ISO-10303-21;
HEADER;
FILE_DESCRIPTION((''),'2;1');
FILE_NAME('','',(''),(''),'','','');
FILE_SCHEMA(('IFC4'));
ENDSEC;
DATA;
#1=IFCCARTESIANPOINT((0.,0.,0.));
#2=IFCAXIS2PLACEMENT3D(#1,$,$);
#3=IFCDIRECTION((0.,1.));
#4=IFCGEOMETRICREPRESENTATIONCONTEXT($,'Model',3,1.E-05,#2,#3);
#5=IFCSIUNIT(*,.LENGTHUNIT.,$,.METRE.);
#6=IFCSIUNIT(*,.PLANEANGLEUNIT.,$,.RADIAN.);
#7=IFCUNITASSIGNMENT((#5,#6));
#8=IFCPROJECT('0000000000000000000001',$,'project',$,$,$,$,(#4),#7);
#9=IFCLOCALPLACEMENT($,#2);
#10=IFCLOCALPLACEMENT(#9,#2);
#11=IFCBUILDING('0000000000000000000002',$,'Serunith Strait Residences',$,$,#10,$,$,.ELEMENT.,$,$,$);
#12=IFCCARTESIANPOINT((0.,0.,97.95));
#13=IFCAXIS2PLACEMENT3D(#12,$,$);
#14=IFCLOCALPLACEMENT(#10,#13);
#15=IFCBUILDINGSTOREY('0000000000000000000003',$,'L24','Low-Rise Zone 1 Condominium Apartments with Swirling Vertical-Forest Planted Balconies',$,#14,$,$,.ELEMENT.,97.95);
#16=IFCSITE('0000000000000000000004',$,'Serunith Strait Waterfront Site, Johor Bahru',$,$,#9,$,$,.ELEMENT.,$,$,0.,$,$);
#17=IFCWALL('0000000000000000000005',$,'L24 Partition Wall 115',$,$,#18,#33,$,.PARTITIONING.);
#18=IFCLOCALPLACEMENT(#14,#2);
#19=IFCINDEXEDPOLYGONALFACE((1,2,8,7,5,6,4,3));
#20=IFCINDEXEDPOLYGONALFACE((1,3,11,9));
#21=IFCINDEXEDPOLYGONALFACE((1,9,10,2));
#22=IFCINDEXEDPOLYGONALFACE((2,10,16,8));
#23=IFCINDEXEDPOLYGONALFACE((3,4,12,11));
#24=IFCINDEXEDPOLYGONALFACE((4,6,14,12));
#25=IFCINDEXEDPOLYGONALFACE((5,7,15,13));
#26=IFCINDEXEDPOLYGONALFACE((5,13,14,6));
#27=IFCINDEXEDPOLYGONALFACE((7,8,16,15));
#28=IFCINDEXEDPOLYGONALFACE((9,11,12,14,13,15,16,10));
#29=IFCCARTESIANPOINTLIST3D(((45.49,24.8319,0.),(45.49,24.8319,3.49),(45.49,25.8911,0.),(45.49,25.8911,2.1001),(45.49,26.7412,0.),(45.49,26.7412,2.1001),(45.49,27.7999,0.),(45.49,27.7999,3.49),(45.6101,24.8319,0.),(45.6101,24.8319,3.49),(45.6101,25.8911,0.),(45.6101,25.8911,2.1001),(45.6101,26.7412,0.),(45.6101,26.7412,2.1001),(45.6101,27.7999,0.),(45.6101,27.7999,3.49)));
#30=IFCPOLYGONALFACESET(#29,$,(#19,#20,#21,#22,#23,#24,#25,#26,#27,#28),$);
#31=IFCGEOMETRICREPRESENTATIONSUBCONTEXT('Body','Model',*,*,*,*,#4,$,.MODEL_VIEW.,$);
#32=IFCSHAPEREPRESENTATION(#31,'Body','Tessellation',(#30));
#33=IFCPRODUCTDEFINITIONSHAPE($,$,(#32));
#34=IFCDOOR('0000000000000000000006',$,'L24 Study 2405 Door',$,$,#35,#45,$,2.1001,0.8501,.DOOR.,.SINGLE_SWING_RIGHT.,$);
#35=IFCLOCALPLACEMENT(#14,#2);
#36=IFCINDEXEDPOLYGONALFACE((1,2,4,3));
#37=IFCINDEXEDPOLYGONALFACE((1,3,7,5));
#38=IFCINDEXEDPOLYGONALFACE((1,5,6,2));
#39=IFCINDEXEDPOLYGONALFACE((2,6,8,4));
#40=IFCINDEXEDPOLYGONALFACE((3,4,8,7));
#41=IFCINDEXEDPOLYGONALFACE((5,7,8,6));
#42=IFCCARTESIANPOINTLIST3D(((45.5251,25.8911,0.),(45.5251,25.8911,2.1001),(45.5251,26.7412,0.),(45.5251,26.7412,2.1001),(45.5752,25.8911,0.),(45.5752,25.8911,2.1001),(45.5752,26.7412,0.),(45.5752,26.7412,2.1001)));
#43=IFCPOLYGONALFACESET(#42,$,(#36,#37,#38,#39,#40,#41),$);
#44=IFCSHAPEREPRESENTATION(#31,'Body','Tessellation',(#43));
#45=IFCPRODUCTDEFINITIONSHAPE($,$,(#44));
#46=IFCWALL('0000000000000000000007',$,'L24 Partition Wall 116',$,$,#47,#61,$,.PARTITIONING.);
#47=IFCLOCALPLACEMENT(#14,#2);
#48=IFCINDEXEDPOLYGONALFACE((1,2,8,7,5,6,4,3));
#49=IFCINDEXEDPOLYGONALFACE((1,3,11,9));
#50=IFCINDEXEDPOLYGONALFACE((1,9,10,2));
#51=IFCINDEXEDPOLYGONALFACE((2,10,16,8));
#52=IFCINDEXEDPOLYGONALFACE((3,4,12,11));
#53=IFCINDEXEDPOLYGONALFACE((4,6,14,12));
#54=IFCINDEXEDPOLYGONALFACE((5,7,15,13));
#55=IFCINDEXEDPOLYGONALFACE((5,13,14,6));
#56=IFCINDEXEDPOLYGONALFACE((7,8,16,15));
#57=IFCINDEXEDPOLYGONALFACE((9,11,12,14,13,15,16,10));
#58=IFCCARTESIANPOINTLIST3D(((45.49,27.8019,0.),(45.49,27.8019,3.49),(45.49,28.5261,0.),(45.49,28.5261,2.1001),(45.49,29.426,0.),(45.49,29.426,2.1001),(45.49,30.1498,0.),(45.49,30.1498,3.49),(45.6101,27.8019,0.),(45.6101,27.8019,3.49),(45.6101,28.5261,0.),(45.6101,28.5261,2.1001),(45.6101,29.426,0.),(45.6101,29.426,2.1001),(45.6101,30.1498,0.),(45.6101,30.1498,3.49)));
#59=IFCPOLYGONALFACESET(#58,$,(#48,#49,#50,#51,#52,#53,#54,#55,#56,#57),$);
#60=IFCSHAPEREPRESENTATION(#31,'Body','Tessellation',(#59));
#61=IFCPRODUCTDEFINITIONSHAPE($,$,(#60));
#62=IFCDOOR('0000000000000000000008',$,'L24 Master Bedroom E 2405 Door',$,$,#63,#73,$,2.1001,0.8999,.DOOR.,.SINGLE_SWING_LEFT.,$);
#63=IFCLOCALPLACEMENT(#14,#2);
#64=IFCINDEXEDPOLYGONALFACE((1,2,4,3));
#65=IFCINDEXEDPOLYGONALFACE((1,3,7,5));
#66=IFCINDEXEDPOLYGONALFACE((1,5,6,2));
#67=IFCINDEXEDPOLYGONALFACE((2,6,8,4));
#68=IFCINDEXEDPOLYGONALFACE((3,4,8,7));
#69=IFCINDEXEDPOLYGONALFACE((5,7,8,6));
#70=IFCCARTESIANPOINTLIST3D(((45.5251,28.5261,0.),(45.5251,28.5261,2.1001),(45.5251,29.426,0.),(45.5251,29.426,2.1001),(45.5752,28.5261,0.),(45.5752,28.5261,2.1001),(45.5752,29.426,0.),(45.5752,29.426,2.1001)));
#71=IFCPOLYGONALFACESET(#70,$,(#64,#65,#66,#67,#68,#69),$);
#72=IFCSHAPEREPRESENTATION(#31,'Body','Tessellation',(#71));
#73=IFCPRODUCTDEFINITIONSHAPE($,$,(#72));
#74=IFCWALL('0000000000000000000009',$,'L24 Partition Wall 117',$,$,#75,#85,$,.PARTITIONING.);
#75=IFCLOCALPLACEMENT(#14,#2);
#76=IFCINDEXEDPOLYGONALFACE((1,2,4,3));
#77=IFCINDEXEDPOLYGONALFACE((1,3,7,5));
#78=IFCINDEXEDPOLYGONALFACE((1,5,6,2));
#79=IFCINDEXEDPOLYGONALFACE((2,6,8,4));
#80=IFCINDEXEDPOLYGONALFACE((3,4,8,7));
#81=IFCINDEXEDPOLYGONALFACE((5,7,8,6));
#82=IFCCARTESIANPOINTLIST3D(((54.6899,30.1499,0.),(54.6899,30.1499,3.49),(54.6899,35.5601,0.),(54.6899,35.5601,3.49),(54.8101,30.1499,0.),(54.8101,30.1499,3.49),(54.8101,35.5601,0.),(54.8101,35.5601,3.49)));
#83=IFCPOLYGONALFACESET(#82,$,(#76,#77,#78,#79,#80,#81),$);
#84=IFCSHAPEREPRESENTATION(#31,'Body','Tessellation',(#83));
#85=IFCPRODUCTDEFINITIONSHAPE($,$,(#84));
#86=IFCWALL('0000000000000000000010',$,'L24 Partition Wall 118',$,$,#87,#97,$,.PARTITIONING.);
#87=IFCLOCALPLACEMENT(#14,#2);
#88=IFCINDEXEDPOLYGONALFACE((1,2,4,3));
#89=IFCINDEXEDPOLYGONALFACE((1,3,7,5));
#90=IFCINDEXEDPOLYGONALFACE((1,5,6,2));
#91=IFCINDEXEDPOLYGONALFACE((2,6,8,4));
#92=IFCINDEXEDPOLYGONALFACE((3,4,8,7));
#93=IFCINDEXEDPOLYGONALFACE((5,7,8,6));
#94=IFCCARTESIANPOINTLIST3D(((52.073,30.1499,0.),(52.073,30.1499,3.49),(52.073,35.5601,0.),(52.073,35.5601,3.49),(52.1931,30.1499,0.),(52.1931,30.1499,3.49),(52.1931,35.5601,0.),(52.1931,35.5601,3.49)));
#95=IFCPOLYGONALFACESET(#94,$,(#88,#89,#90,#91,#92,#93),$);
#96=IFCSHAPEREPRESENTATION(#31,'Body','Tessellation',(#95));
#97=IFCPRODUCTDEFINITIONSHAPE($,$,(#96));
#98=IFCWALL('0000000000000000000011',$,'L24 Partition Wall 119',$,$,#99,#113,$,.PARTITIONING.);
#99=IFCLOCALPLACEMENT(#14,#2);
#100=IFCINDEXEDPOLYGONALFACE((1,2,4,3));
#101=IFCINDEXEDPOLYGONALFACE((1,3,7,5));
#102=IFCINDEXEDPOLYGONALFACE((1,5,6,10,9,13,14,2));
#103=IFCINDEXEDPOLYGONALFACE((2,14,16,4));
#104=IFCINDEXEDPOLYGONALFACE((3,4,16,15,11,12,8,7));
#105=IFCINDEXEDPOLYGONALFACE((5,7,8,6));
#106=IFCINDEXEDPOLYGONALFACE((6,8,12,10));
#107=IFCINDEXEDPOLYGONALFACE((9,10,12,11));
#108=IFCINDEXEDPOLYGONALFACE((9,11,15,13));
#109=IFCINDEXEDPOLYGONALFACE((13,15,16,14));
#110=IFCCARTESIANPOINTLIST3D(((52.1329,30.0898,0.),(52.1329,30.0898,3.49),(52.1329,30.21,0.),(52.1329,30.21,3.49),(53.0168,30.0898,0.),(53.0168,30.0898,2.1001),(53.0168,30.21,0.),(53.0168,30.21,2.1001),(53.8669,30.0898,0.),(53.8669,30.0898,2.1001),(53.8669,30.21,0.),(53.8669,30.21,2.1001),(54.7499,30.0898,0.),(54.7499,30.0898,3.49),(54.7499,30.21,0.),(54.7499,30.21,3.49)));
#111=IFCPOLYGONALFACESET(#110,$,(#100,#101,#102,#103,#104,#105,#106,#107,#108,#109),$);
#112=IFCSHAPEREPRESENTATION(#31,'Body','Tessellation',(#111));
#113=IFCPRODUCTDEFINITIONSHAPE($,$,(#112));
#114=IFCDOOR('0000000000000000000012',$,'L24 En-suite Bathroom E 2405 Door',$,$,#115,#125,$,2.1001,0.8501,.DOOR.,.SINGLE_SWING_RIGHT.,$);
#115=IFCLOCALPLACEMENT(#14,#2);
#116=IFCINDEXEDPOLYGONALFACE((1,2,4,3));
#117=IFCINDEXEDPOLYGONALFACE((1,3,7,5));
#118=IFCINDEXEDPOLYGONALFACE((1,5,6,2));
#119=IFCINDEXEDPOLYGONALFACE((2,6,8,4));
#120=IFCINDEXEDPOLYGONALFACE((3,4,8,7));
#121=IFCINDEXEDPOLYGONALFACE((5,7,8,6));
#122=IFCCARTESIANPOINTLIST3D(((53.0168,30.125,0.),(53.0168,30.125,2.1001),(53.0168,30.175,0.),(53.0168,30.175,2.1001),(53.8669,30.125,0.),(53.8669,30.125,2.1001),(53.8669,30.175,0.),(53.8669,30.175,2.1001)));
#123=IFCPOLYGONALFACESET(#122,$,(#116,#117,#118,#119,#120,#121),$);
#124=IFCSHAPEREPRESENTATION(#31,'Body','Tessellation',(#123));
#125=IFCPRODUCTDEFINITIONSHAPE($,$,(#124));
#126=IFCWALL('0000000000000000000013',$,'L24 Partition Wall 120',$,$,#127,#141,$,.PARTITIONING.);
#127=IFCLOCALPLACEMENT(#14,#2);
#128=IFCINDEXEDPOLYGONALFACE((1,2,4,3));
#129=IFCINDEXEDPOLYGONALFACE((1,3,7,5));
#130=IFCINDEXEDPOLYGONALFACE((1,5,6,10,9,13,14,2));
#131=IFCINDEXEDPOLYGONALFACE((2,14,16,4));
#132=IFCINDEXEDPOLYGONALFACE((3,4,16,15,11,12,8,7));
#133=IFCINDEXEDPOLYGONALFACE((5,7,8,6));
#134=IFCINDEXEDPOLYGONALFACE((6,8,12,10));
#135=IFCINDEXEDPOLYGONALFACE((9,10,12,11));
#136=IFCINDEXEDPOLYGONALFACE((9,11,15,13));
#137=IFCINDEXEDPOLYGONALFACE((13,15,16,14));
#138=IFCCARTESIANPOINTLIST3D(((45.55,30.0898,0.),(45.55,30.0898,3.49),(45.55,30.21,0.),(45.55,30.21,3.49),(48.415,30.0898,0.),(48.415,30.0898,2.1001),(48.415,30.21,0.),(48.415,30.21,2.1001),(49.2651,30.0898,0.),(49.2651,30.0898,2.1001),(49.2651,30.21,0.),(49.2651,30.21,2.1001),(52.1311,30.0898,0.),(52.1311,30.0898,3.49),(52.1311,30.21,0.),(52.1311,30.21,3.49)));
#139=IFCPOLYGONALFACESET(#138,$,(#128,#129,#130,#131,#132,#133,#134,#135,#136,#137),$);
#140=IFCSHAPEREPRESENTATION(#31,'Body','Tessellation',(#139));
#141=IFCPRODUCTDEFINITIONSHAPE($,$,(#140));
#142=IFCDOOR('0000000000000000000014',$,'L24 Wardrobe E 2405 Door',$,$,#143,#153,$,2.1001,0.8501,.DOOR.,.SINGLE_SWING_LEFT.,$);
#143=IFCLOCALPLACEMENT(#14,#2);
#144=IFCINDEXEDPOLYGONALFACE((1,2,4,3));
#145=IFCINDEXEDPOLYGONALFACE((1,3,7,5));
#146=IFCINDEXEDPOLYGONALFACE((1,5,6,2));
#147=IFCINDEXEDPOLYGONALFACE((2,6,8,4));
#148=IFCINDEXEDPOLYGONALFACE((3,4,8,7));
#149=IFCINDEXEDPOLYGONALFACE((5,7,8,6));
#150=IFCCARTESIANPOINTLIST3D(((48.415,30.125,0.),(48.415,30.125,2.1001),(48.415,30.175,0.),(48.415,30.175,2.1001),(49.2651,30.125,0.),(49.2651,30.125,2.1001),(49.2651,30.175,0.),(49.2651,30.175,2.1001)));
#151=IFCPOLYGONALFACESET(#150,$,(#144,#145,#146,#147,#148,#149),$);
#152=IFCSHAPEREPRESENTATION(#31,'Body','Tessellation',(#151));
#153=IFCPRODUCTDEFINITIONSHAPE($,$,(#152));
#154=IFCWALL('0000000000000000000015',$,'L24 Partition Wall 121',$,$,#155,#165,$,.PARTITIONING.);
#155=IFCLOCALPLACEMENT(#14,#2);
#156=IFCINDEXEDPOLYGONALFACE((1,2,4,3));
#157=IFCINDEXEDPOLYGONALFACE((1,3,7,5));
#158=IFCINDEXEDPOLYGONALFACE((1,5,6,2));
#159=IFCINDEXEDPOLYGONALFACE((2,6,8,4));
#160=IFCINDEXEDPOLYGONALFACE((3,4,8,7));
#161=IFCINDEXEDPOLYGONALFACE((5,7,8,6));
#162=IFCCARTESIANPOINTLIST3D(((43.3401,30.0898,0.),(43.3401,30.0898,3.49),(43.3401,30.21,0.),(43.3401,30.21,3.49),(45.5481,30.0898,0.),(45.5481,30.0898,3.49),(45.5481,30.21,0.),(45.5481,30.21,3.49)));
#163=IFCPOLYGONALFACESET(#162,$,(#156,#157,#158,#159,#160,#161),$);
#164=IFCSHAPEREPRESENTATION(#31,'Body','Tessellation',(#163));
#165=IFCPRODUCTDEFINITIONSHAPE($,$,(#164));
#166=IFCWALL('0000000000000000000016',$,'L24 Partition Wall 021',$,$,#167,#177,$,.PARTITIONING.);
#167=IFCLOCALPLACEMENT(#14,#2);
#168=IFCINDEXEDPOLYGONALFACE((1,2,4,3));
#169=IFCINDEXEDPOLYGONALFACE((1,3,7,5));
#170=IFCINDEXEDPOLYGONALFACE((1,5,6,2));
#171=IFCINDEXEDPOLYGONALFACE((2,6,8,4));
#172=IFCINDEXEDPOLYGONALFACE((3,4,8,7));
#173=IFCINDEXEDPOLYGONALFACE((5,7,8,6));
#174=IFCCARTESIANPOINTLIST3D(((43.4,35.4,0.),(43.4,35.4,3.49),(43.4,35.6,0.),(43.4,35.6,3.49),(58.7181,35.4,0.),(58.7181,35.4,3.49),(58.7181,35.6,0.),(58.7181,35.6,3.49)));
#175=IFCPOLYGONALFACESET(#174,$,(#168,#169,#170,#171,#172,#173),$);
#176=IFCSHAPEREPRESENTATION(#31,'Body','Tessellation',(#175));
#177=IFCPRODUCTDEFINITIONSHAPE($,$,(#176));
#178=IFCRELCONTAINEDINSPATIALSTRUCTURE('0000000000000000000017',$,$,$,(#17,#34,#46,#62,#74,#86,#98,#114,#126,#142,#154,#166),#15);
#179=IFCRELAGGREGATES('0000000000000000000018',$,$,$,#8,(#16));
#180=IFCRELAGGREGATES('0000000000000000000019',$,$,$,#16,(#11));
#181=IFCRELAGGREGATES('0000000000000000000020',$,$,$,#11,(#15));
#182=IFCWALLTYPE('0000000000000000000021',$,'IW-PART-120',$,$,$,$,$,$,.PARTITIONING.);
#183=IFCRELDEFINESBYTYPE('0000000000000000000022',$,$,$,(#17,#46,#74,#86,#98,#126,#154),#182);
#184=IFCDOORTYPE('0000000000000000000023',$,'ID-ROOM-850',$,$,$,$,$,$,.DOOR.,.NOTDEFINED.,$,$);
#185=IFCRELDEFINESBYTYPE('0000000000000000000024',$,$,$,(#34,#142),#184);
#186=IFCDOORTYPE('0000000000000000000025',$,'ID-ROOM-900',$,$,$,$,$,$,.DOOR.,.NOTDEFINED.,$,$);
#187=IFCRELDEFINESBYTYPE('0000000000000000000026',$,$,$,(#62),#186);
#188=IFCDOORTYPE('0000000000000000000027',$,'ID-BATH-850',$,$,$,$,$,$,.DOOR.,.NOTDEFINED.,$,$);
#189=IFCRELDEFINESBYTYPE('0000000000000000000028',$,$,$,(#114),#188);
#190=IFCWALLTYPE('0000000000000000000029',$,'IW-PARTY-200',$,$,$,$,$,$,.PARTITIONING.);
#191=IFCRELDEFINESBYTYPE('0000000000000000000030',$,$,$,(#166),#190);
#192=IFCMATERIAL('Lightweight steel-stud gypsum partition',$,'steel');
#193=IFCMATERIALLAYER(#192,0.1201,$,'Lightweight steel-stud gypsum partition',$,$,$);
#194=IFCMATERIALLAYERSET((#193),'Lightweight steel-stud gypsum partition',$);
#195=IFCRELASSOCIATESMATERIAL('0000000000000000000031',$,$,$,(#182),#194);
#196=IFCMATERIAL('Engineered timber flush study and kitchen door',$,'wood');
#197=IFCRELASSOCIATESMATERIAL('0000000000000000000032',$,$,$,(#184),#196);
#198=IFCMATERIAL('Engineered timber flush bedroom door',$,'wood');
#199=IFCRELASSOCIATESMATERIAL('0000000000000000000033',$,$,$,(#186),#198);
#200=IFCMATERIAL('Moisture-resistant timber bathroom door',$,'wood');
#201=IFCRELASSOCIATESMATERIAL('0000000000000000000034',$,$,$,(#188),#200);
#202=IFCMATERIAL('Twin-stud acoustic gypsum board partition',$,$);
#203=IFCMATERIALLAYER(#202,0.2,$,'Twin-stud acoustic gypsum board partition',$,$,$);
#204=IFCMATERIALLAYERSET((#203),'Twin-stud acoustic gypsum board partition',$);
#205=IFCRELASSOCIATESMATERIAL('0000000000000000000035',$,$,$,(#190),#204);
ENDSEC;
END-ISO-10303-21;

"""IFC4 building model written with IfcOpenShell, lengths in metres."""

from ifc_helpers import new_model, si_unit, direction, frame, frame_2d, origin, place, context, subcontext, project, spatial, rectangle, extrude, source, transform, mapped, material, layer, layer_set, type_object, element, fill, save


model = new_model("IFC4")

# Units and contexts
model_context = context("Model", 3, precision=1e-05, world=origin(), true_north=direction((0.0, 1.0)))
body_context = subcontext(model_context, "Body", "Model", "MODEL_VIEW")
ifc_project = project(units=[si_unit("LENGTHUNIT", "METRE"), si_unit("PLANEANGLEUNIT", "RADIAN")], contexts=[model_context])

# Site, building, storey
site_placement = place(None, origin())
site = spatial("IfcSite", under=ifc_project, at=site_placement, Name="Serunith Strait Waterfront Site, Johor Bahru", CompositionType="ELEMENT", RefElevation=0.0)
building_placement = place(site_placement, origin())
building = spatial("IfcBuilding", under=site, at=building_placement, Name="Serunith Strait Residences", CompositionType="ELEMENT")
storey_placement = place(building_placement, frame((0.0, 0.0, 97.95)))
storey = spatial("IfcBuildingStorey", under=building, at=storey_placement, Name="L24", Description="Low-Rise Zone 1 Condominium Apartments with Swirling Vertical-Forest Planted Balconies", CompositionType="ELEMENT", Elevation=97.95)

# Shared definitions
ifc_material_1 = material(Name="Lightweight steel-stud gypsum partition", Category="steel")
ifc_layer_1 = layer(ifc_material_1, 0.1201, Name="Lightweight steel-stud gypsum partition")
ifc_layer_set_1 = layer_set([ifc_layer_1], Name="Lightweight steel-stud gypsum partition")
wall_type_1 = type_object("IfcWallType", Name="IW-PART-120", PredefinedType="PARTITIONING", material=ifc_layer_set_1)

# Walls, openings, doors
wall_1_placement = place(storey_placement, frame((45.55, 24.832, 0.0), z_axis=(0.0, 0.0, 1.0), x_axis=(0.0, 1.0, 0.0)))
wall_1 = element("IfcWall", 1, at=wall_1_placement, inside=storey, type_object=wall_type_1, Name="L24 Partition Wall 115", PredefinedType="PARTITIONING", context=body_context, shape_type="SweptSolid", body=[
    extrude(rectangle(XDim=2.968, YDim=0.1201, at=frame_2d((1.4839, 0.0))), origin(), (0.0, 0.0, 1.0), 3.49),
])
opening_1_placement = place(wall_1_placement, frame((1.0591, 0.0, 0.0)))
opening_1 = element("IfcOpeningElement", 2, at=opening_1_placement, cuts=wall_1, PredefinedType="OPENING", context=body_context, shape_type="SweptSolid", body=[
    extrude(rectangle(XDim=0.8501, YDim=2.1001, at=frame_2d((0.425, 1.05))), frame((0.0, 0.0701, 0.0), z_axis=(0.0, -1.0, 0.0), x_axis=(1.0, 0.0, 0.0)), (0.0, 0.0, 1.0), 0.1401),
])
ifc_material_2 = material(Name="Engineered timber flush study and kitchen door", Category="wood")
door_type_1 = type_object("IfcDoorType", Name="ID-ROOM-850", OperationType="NOTDEFINED", PredefinedType="DOOR", material=ifc_material_2)
shared_shape_1 = source(origin(), body_context, "Body", "SweptSolid", [
    extrude(rectangle(XDim=0.8501, YDim=2.1001, at=frame_2d((0.425, 1.05))), frame((0.0, 0.0249, 0.0), z_axis=(0.0, -1.0, 0.0), x_axis=(1.0, 0.0, 0.0)), (0.0, 0.0, 1.0), 0.05),
])
door_1_placement = place(opening_1_placement, origin())
door_1 = element("IfcDoor", 3, at=door_1_placement, inside=storey, type_object=door_type_1, Name="L24 Study 2405 Door", OperationType="SINGLE_SWING_RIGHT", OverallHeight=2.1001, OverallWidth=0.8501, PredefinedType="DOOR", context=body_context, shape_type="MappedRepresentation", body=[
    mapped(shared_shape_1, transform((0.0, 0.0, 0.0), scale=1.0)),
])
fill(opening_1, door_1)
wall_2_placement = place(storey_placement, frame((45.55, 27.802, 0.0), z_axis=(0.0, 0.0, 1.0), x_axis=(0.0, 1.0, 0.0)))
wall_2 = element("IfcWall", 4, at=wall_2_placement, inside=storey, type_object=wall_type_1, Name="L24 Partition Wall 116", PredefinedType="PARTITIONING", context=body_context, shape_type="SweptSolid", body=[
    extrude(rectangle(XDim=2.3479, YDim=0.1201, at=frame_2d((1.1738, 0.0))), origin(), (0.0, 0.0, 1.0), 3.49),
])
opening_2_placement = place(wall_2_placement, frame((0.7241, 0.0, 0.0)))
opening_2 = element("IfcOpeningElement", 5, at=opening_2_placement, cuts=wall_2, PredefinedType="OPENING", context=body_context, shape_type="SweptSolid", body=[
    extrude(rectangle(XDim=0.8999, YDim=2.1001, at=frame_2d((0.45, 1.05))), frame((0.0, 0.0701, 0.0), z_axis=(0.0, -1.0, 0.0), x_axis=(1.0, 0.0, 0.0)), (0.0, 0.0, 1.0), 0.1401),
])
ifc_material_3 = material(Name="Engineered timber flush bedroom door", Category="wood")
door_type_2 = type_object("IfcDoorType", Name="ID-ROOM-900", OperationType="NOTDEFINED", PredefinedType="DOOR", material=ifc_material_3)
shared_shape_2 = source(origin(), body_context, "Body", "SweptSolid", [
    extrude(rectangle(XDim=0.8999, YDim=2.1001, at=frame_2d((0.45, 1.05))), frame((0.0, 0.0249, 0.0), z_axis=(0.0, -1.0, 0.0), x_axis=(1.0, 0.0, 0.0)), (0.0, 0.0, 1.0), 0.05),
])
door_2_placement = place(opening_2_placement, origin())
door_2 = element("IfcDoor", 6, at=door_2_placement, inside=storey, type_object=door_type_2, Name="L24 Master Bedroom E 2405 Door", OperationType="SINGLE_SWING_LEFT", OverallHeight=2.1001, OverallWidth=0.8999, PredefinedType="DOOR", context=body_context, shape_type="MappedRepresentation", body=[
    mapped(shared_shape_2, transform((0.0, 0.0, 0.0), scale=1.0)),
])
fill(opening_2, door_2)

# Walls
for number, where, z_axis, x_axis, name in (
    (7, (54.75, 30.1499, 0.0), (0.0, 0.0, 1.0), (0.0, 1.0, 0.0), "L24 Partition Wall 117"),
    (8, (52.1331, 30.1499, 0.0), (0.0, 0.0, 1.0), (0.0, 1.0, 0.0), "L24 Partition Wall 118"),
):
    element("IfcWall", number, at=place(storey_placement, frame(where, z_axis=z_axis, x_axis=x_axis)), inside=storey, type_object=wall_type_1, Name=name, PredefinedType="PARTITIONING", context=body_context, shape_type="SweptSolid", body=[
        extrude(rectangle(XDim=5.4102, YDim=0.1201, at=frame_2d((2.7051, 0.0))), origin(), (0.0, 0.0, 1.0), 3.49),
    ])

# Walls, openings, doors
wall_3_placement = place(storey_placement, frame((54.75, 30.1499, 0.0), z_axis=(0.0, 0.0, 1.0), x_axis=(-1.0, 0.0, 0.0)))
wall_3 = element("IfcWall", 9, at=wall_3_placement, inside=storey, type_object=wall_type_1, Name="L24 Partition Wall 119", PredefinedType="PARTITIONING", context=body_context, shape_type="SweptSolid", body=[
    extrude(rectangle(XDim=2.6169, YDim=0.1201, at=frame_2d((1.3086, 0.0))), origin(), (0.0, 0.0, 1.0), 3.49),
])
opening_3_placement = place(wall_3_placement, frame((0.8831, 0.0, 0.0)))
opening_3 = element("IfcOpeningElement", 10, at=opening_3_placement, cuts=wall_3, PredefinedType="OPENING", context=body_context, shape_type="SweptSolid", body=[
    extrude(rectangle(XDim=0.8501, YDim=2.1001, at=frame_2d((0.425, 1.05))), frame((0.0, 0.0701, 0.0), z_axis=(0.0, -1.0, 0.0), x_axis=(1.0, 0.0, 0.0)), (0.0, 0.0, 1.0), 0.1401),
])
ifc_material_4 = material(Name="Moisture-resistant timber bathroom door", Category="wood")
door_type_3 = type_object("IfcDoorType", Name="ID-BATH-850", OperationType="NOTDEFINED", PredefinedType="DOOR", material=ifc_material_4)
door_3_placement = place(opening_3_placement, origin())
door_3 = element("IfcDoor", 11, at=door_3_placement, inside=storey, type_object=door_type_3, Name="L24 En-suite Bathroom E 2405 Door", OperationType="SINGLE_SWING_RIGHT", OverallHeight=2.1001, OverallWidth=0.8501, PredefinedType="DOOR", context=body_context, shape_type="MappedRepresentation", body=[
    mapped(shared_shape_1, transform((0.0, 0.0, 0.0), scale=1.0)),
])
fill(opening_3, door_3)
wall_4_placement = place(storey_placement, frame((52.1311, 30.1499, 0.0), z_axis=(0.0, 0.0, 1.0), x_axis=(-1.0, 0.0, 0.0)))
wall_4 = element("IfcWall", 12, at=wall_4_placement, inside=storey, type_object=wall_type_1, Name="L24 Partition Wall 120", PredefinedType="PARTITIONING", context=body_context, shape_type="SweptSolid", body=[
    extrude(rectangle(XDim=6.5811, YDim=0.1201, at=frame_2d((3.2905, 0.0))), origin(), (0.0, 0.0, 1.0), 3.49),
])
opening_4_placement = place(wall_4_placement, frame((2.866, 0.0, 0.0)))
opening_4 = element("IfcOpeningElement", 13, at=opening_4_placement, cuts=wall_4, PredefinedType="OPENING", context=body_context, shape_type="SweptSolid", body=[
    extrude(rectangle(XDim=0.8501, YDim=2.1001, at=frame_2d((0.425, 1.05))), frame((0.0, 0.0701, 0.0), z_axis=(0.0, -1.0, 0.0), x_axis=(1.0, 0.0, 0.0)), (0.0, 0.0, 1.0), 0.1401),
])
door_4_placement = place(opening_4_placement, origin())
door_4 = element("IfcDoor", 14, at=door_4_placement, inside=storey, type_object=door_type_1, Name="L24 Wardrobe E 2405 Door", OperationType="SINGLE_SWING_LEFT", OverallHeight=2.1001, OverallWidth=0.8501, PredefinedType="DOOR", context=body_context, shape_type="MappedRepresentation", body=[
    mapped(shared_shape_1, transform((0.0, 0.0, 0.0), scale=1.0)),
])
fill(opening_4, door_4)

# Walls
wall_5_placement = place(storey_placement, frame((45.5481, 30.1499, 0.0), z_axis=(0.0, 0.0, 1.0), x_axis=(-1.0, 0.0, 0.0)))
element("IfcWall", 15, at=wall_5_placement, inside=storey, type_object=wall_type_1, Name="L24 Partition Wall 121", PredefinedType="PARTITIONING", context=body_context, shape_type="SweptSolid", body=[
    extrude(rectangle(XDim=2.208, YDim=0.1201, at=frame_2d((1.104, 0.0))), origin(), (0.0, 0.0, 1.0), 3.49),
])
ifc_material_5 = material(Name="Twin-stud acoustic gypsum board partition")
ifc_layer_2 = layer(ifc_material_5, 0.2, Name="Twin-stud acoustic gypsum board partition")
ifc_layer_set_2 = layer_set([ifc_layer_2], Name="Twin-stud acoustic gypsum board partition")
wall_type_2 = type_object("IfcWallType", Name="IW-PARTY-200", PredefinedType="PARTITIONING", material=ifc_layer_set_2)
wall_6_placement = place(storey_placement, frame((43.3999, 35.5, 0.0), z_axis=(0.0, 0.0, 1.0), x_axis=(1.0, 0.0, 0.0)))
element("IfcWall", 16, at=wall_6_placement, inside=storey, type_object=wall_type_2, Name="L24 Partition Wall 021", PredefinedType="PARTITIONING", context=body_context, shape_type="SweptSolid", body=[
    extrude(rectangle(XDim=15.3181, YDim=0.2, at=frame_2d((7.6592, 0.0))), origin(), (0.0, 0.0, 1.0), 3.49),
])

save(model, "model.ifc")
